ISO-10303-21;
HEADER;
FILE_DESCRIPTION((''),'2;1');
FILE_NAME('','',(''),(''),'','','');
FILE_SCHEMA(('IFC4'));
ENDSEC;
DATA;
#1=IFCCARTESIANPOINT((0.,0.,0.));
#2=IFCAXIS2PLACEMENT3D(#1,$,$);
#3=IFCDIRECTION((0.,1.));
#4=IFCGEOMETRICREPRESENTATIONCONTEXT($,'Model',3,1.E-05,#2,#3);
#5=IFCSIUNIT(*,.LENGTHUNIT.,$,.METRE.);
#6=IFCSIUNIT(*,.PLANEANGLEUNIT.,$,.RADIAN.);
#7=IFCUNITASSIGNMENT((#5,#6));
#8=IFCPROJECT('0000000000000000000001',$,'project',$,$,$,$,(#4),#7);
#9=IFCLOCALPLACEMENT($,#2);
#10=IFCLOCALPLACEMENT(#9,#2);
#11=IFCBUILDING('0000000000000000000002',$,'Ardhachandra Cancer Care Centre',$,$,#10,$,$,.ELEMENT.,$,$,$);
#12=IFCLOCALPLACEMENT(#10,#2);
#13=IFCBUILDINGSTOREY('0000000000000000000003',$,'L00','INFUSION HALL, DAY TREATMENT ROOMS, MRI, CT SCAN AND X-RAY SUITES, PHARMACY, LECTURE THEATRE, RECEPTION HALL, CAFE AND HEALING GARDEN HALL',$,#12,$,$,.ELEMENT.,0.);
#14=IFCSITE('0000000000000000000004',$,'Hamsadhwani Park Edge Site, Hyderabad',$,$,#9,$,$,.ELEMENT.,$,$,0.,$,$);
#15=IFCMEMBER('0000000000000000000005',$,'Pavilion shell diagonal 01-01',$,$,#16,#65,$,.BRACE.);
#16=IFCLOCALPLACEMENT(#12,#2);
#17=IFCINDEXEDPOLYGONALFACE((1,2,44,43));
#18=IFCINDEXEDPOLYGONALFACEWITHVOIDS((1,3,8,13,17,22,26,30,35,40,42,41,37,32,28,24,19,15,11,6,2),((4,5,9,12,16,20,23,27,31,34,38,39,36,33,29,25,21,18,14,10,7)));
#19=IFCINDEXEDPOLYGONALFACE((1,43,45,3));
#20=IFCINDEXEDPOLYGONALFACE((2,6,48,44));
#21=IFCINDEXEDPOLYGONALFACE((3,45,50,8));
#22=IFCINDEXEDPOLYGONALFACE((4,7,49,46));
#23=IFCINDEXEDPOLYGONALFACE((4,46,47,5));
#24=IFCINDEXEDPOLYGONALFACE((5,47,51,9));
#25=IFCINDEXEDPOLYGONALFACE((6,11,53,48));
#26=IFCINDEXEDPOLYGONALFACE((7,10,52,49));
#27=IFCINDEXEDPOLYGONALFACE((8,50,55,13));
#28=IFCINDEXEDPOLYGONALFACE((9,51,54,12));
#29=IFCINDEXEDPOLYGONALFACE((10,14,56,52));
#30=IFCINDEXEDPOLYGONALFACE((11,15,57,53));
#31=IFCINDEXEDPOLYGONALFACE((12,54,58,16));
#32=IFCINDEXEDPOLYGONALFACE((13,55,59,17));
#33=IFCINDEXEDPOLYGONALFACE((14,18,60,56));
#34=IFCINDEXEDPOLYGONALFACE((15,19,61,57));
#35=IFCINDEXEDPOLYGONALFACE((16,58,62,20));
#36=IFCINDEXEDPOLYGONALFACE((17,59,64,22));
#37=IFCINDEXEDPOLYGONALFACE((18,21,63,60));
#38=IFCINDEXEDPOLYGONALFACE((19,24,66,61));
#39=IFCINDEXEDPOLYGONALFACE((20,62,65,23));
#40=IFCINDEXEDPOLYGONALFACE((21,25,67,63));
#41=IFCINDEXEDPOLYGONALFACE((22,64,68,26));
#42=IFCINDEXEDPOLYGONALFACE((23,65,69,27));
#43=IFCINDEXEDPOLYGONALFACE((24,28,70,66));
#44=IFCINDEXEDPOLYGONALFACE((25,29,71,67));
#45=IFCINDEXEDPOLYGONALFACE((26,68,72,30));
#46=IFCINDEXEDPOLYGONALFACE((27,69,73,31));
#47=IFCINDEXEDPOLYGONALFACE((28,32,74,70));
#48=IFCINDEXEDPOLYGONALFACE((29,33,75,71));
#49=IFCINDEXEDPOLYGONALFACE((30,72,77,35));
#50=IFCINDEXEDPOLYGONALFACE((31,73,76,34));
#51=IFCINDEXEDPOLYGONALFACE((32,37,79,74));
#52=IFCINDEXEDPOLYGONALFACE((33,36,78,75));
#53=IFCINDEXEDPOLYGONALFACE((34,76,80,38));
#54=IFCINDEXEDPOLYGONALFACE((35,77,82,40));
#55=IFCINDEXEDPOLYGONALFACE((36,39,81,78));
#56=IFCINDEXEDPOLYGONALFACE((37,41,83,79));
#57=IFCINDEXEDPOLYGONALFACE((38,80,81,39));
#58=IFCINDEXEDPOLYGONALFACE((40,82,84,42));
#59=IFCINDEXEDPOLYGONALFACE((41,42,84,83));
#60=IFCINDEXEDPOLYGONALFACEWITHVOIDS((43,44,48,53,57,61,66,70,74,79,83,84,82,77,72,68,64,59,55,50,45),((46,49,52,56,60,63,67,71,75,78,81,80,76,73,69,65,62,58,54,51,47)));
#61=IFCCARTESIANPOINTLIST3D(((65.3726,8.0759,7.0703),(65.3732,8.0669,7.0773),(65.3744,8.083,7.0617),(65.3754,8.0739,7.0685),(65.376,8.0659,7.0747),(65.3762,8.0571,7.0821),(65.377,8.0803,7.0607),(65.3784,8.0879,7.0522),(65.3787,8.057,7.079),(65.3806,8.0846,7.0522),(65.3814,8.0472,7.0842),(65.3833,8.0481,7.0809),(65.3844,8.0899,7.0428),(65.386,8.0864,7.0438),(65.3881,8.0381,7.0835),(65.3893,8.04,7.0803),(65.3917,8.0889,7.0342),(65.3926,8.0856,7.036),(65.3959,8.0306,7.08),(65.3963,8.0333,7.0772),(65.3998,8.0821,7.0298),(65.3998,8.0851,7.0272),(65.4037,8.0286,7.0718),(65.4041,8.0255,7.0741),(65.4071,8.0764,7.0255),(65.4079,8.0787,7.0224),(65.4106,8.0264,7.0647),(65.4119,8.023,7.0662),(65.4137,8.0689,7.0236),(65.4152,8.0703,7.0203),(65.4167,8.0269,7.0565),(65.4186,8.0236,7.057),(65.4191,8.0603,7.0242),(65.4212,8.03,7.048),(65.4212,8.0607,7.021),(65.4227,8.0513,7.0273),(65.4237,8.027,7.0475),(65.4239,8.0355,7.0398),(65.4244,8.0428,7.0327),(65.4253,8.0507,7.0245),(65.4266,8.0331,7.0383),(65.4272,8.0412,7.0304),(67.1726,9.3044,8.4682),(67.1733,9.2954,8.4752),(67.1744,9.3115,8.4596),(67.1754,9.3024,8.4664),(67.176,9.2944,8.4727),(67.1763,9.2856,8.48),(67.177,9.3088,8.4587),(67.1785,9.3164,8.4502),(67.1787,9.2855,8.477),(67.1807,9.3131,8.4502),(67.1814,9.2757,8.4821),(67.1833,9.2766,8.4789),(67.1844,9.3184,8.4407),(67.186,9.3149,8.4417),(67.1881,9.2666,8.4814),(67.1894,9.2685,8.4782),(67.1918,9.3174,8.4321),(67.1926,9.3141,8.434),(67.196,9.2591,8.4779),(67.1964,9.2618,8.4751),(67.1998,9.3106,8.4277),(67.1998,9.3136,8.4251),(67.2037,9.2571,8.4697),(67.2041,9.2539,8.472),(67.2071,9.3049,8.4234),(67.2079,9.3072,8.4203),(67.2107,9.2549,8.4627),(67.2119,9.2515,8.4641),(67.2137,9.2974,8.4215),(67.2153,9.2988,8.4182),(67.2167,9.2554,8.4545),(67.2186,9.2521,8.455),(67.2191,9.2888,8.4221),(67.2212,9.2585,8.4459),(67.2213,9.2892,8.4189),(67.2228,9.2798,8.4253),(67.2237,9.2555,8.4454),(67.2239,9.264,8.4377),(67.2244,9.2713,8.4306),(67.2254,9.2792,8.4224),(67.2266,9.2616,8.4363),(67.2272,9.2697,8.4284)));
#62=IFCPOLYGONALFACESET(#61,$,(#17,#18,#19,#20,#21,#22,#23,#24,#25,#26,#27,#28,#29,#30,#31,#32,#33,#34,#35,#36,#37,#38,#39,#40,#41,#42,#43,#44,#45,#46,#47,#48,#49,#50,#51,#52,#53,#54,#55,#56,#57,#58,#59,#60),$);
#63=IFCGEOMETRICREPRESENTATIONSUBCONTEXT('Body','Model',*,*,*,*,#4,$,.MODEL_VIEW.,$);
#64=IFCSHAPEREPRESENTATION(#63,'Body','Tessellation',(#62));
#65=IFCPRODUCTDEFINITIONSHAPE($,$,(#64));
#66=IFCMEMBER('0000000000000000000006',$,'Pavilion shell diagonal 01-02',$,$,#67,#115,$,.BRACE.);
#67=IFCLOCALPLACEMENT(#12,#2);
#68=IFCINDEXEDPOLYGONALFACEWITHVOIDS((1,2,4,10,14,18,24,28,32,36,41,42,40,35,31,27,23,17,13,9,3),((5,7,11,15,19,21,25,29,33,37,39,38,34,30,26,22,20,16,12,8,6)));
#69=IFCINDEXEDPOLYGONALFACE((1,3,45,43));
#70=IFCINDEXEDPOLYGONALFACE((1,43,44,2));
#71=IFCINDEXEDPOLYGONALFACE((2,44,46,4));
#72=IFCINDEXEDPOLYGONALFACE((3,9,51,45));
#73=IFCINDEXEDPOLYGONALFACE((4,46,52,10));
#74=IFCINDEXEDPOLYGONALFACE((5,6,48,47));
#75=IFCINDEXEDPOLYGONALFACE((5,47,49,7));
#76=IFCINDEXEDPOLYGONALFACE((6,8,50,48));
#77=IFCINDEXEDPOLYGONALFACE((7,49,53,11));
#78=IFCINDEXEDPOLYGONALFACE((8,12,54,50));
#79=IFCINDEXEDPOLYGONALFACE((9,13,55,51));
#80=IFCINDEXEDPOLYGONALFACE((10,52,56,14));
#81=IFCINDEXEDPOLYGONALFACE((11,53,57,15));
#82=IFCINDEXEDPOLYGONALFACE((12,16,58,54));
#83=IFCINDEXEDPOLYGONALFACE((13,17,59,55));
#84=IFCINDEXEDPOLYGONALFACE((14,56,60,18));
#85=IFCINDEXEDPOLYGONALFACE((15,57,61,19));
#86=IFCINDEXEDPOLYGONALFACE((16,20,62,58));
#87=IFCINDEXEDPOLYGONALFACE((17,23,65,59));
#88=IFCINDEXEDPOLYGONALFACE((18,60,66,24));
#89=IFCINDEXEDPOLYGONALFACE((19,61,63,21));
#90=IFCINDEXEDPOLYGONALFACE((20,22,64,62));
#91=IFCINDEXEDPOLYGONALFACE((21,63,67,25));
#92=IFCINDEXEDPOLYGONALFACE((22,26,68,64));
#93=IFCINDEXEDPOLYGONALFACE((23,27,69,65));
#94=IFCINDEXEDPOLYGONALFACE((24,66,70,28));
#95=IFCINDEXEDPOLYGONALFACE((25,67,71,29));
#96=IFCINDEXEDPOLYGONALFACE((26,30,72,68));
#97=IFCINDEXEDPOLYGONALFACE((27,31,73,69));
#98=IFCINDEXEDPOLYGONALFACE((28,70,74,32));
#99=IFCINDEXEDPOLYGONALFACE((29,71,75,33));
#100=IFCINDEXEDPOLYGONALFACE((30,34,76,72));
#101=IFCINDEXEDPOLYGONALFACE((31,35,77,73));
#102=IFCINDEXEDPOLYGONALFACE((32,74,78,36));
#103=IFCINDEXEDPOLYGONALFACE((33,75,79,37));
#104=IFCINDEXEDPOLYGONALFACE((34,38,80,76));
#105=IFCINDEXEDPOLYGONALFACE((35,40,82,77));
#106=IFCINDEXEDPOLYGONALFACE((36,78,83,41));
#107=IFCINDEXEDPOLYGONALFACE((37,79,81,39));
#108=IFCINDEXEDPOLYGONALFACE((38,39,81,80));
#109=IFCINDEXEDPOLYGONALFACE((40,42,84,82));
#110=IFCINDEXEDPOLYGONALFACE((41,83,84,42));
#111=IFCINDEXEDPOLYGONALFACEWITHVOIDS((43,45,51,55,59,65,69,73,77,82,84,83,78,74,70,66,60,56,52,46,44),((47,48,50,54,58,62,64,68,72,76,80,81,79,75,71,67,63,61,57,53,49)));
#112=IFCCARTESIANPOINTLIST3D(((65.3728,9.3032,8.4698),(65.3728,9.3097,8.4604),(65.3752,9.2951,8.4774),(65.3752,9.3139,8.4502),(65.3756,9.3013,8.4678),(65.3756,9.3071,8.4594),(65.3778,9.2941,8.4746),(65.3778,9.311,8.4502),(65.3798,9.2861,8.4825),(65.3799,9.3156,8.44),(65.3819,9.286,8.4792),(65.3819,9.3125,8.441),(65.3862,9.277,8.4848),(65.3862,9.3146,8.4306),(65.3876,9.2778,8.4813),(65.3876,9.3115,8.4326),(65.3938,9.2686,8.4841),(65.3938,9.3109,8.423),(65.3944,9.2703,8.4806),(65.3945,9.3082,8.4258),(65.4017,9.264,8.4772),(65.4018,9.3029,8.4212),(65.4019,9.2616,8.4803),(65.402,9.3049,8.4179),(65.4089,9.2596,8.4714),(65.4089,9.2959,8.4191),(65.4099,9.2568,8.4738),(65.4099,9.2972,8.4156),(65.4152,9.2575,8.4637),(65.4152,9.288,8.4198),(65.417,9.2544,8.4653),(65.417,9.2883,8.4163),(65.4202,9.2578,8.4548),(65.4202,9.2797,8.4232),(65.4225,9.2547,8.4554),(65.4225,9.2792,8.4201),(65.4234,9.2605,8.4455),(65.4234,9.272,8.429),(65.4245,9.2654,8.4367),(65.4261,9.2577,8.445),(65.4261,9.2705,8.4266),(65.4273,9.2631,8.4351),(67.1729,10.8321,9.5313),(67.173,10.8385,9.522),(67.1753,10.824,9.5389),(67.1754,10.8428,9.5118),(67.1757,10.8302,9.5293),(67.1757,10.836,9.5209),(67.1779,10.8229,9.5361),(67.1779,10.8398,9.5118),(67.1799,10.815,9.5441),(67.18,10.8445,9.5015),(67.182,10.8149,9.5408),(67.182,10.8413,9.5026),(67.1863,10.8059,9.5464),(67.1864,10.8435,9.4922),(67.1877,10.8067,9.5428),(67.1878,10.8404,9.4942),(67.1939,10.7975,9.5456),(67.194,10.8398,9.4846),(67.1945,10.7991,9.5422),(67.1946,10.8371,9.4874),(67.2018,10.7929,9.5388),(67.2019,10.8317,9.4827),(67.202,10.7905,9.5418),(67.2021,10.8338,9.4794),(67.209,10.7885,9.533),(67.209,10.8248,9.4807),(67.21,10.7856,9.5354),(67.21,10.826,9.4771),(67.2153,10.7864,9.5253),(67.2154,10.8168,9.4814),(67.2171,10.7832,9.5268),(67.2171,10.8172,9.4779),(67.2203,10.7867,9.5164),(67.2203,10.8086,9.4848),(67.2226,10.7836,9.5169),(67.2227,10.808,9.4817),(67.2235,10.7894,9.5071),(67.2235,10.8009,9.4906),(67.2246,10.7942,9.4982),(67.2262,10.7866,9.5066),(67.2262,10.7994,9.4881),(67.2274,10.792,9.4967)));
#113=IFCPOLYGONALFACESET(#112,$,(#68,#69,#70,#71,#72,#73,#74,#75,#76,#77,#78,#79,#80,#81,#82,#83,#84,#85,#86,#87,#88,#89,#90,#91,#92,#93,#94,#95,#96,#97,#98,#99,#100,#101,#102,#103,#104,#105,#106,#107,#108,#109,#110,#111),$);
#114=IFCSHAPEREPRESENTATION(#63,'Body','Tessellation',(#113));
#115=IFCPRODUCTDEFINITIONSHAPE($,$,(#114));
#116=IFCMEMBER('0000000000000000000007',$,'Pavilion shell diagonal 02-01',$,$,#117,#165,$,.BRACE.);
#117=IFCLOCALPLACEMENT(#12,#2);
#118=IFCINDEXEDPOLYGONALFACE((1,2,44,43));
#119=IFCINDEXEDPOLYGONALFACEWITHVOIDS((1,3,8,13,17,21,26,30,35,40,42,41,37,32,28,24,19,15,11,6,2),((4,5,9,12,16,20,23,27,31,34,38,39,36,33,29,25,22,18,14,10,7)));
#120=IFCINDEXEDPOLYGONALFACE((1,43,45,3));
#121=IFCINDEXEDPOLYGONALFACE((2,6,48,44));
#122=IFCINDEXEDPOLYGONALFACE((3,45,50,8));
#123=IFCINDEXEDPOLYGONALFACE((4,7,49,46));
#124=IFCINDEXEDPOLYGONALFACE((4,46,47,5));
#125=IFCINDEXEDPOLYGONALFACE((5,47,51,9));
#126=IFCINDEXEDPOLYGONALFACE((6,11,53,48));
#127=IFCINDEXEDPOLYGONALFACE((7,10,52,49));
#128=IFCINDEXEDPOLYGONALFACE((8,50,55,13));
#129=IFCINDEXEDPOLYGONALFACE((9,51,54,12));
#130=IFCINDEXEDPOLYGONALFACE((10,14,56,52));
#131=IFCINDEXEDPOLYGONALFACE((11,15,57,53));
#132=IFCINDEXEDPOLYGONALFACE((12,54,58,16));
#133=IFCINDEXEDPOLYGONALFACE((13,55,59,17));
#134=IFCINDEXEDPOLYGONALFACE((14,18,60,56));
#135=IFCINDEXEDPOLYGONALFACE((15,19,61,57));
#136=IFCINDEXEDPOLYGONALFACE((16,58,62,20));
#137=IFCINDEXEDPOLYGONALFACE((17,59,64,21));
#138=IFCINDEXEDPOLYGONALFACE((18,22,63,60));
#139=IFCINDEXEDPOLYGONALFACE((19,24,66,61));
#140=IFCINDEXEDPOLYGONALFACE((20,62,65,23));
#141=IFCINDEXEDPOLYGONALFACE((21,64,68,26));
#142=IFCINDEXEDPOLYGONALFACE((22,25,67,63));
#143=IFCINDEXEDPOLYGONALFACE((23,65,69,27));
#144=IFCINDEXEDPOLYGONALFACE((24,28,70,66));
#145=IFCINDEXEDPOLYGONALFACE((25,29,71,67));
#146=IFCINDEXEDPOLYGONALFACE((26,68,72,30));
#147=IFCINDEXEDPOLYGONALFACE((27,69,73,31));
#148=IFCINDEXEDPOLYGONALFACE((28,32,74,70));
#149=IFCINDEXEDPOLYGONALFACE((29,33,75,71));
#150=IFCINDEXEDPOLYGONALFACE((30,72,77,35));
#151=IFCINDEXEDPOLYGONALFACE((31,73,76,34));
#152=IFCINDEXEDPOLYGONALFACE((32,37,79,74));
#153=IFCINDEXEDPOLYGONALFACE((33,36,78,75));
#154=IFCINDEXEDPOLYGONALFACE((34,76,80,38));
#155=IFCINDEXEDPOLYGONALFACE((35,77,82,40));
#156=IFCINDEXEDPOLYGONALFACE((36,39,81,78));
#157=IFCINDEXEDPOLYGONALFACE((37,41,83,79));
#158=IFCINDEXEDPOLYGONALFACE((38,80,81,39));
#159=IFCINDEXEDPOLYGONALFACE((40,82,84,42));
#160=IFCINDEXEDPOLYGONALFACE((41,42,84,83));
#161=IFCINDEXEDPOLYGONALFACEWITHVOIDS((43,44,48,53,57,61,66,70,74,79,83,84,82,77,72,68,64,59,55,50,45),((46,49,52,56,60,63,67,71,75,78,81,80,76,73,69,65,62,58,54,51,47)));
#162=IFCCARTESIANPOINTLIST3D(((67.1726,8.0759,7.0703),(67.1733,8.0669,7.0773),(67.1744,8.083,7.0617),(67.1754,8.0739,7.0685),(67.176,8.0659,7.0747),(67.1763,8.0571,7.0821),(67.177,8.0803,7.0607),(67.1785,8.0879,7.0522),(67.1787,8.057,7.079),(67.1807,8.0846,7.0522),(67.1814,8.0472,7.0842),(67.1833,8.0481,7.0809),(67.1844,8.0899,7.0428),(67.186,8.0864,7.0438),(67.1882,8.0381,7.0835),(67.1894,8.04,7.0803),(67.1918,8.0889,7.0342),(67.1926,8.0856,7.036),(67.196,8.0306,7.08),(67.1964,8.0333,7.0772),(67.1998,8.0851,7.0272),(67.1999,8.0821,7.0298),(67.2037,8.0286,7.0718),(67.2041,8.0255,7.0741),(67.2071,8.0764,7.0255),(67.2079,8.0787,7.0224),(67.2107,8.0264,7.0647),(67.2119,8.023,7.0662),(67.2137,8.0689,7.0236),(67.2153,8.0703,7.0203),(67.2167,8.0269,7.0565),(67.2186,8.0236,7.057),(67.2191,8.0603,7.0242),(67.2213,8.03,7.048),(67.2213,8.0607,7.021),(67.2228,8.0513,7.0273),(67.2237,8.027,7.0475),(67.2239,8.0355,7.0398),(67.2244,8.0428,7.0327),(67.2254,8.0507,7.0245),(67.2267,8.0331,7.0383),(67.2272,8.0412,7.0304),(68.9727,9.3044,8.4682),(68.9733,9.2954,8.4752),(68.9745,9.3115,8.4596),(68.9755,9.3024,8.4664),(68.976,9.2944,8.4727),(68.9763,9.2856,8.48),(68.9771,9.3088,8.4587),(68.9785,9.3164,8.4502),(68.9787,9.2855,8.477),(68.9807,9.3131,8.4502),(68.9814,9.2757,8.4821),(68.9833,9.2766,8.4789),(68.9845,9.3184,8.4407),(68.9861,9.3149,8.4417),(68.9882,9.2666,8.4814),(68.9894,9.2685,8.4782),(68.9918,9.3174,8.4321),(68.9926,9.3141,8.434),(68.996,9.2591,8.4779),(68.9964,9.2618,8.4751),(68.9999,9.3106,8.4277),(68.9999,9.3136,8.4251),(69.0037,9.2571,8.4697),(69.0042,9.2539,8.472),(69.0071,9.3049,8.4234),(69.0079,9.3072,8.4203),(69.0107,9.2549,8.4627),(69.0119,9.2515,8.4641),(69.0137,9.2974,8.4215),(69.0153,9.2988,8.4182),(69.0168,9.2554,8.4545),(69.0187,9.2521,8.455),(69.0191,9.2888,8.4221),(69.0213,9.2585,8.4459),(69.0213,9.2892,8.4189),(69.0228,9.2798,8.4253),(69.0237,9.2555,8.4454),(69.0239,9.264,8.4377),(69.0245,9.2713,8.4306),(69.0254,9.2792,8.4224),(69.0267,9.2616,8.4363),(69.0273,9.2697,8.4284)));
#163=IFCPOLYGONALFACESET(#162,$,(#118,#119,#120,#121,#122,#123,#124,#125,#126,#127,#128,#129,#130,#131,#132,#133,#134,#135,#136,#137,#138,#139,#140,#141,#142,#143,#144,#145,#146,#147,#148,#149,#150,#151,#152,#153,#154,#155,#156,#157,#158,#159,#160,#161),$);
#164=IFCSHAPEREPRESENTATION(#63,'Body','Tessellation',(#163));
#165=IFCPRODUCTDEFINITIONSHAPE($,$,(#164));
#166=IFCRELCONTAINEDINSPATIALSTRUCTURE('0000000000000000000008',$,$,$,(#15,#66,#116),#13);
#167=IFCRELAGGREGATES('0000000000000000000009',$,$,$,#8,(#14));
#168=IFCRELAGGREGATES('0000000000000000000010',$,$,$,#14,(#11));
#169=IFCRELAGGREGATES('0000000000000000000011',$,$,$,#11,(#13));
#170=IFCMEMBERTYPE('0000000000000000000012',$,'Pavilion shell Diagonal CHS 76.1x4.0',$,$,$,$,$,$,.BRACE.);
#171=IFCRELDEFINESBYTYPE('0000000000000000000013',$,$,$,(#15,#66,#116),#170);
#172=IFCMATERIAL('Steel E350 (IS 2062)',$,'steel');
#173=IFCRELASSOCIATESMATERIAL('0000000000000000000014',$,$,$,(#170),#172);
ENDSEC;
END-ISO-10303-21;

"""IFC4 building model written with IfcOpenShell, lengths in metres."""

from ifc_helpers import new_model, si_unit, direction, frame, origin, origin_2d, place, context, subcontext, project, spatial, hollow_circle, extrude, material, material_profile, profile_set, type_object, element, save


model = new_model("IFC4")

# Units and contexts
model_context = context("Model", 3, precision=1e-05, world=origin(), true_north=direction((0.0, 1.0)))
body_context = subcontext(model_context, "Body", "Model", "MODEL_VIEW")
ifc_project = project(units=[si_unit("LENGTHUNIT", "METRE"), si_unit("PLANEANGLEUNIT", "RADIAN")], contexts=[model_context])

# Site, building, storey
site_placement = place(None, origin())
site = spatial("IfcSite", under=ifc_project, at=site_placement, Name="Hamsadhwani Park Edge Site, Hyderabad", CompositionType="ELEMENT", RefElevation=0.0)
building_placement = place(site_placement, origin())
building = spatial("IfcBuilding", under=site, at=building_placement, Name="Ardhachandra Cancer Care Centre", CompositionType="ELEMENT")
storey_placement = place(building_placement, origin())
storey = spatial("IfcBuildingStorey", under=building, at=storey_placement, Name="L00", Description="INFUSION HALL, DAY TREATMENT ROOMS, MRI, CT SCAN AND X-RAY SUITES, PHARMACY, LECTURE THEATRE, RECEPTION HALL, CAFE AND HEALING GARDEN HALL", CompositionType="ELEMENT", Elevation=0.0)

# Members
ifc_material_1 = material(Name="Steel E350 (IS 2062)", Category="steel")
ifc_material_profile_1 = material_profile(ifc_material_1, hollow_circle(Radius=0.0381, WallThickness=0.0039, at=origin_2d()), Name="CHS 76.1x4.0")
ifc_profile_set_1 = profile_set([ifc_material_profile_1], Name="Steel E350 (IS 2062)")
member_type_1 = type_object("IfcMemberType", Name="Pavilion shell Diagonal CHS 76.1x4.0", PredefinedType="BRACE", material=ifc_profile_set_1)
member_1_placement = place(storey_placement, frame((65.3999, 8.0564, 7.0522), z_axis=(0.695228, 0.474486, 0.539926), x_axis=(-0.563716, 0.825969, 0.0)))
element("IfcMember", 1, at=member_1_placement, inside=storey, type_object=member_type_1, Name="Pavilion shell diagonal 01-01", PredefinedType="BRACE", context=body_context, shape_type="SweptSolid", body=[
    extrude(hollow_circle(Radius=0.0381, WallThickness=0.0039, at=origin_2d()), origin(), (0.0, 0.0, 1.0), 2.5891),
])
member_2_placement = place(storey_placement, frame((65.3999, 9.2849, 8.4502), z_axis=(0.695198, 0.590442, 0.409972), x_axis=(-0.647345, 0.762197, 0.0)))
element("IfcMember", 2, at=member_2_placement, inside=storey, type_object=member_type_1, Name="Pavilion shell diagonal 01-02", PredefinedType="BRACE", context=body_context, shape_type="SweptSolid", body=[
    extrude(hollow_circle(Radius=0.0381, WallThickness=0.0039, at=origin_2d()), origin(), (0.0, 0.0, 1.0), 2.5894),
])
member_3_placement = place(storey_placement, frame((67.2, 8.0564, 7.0522), z_axis=(0.695228, 0.474486, 0.539926), x_axis=(-0.563716, 0.825969, 0.0)))
element("IfcMember", 3, at=member_3_placement, inside=storey, type_object=member_type_1, Name="Pavilion shell diagonal 02-01", PredefinedType="BRACE", context=body_context, shape_type="SweptSolid", body=[
    extrude(hollow_circle(Radius=0.0381, WallThickness=0.0039, at=origin_2d()), origin(), (0.0, 0.0, 1.0), 2.5891),
])

save(model, "model.ifc")
